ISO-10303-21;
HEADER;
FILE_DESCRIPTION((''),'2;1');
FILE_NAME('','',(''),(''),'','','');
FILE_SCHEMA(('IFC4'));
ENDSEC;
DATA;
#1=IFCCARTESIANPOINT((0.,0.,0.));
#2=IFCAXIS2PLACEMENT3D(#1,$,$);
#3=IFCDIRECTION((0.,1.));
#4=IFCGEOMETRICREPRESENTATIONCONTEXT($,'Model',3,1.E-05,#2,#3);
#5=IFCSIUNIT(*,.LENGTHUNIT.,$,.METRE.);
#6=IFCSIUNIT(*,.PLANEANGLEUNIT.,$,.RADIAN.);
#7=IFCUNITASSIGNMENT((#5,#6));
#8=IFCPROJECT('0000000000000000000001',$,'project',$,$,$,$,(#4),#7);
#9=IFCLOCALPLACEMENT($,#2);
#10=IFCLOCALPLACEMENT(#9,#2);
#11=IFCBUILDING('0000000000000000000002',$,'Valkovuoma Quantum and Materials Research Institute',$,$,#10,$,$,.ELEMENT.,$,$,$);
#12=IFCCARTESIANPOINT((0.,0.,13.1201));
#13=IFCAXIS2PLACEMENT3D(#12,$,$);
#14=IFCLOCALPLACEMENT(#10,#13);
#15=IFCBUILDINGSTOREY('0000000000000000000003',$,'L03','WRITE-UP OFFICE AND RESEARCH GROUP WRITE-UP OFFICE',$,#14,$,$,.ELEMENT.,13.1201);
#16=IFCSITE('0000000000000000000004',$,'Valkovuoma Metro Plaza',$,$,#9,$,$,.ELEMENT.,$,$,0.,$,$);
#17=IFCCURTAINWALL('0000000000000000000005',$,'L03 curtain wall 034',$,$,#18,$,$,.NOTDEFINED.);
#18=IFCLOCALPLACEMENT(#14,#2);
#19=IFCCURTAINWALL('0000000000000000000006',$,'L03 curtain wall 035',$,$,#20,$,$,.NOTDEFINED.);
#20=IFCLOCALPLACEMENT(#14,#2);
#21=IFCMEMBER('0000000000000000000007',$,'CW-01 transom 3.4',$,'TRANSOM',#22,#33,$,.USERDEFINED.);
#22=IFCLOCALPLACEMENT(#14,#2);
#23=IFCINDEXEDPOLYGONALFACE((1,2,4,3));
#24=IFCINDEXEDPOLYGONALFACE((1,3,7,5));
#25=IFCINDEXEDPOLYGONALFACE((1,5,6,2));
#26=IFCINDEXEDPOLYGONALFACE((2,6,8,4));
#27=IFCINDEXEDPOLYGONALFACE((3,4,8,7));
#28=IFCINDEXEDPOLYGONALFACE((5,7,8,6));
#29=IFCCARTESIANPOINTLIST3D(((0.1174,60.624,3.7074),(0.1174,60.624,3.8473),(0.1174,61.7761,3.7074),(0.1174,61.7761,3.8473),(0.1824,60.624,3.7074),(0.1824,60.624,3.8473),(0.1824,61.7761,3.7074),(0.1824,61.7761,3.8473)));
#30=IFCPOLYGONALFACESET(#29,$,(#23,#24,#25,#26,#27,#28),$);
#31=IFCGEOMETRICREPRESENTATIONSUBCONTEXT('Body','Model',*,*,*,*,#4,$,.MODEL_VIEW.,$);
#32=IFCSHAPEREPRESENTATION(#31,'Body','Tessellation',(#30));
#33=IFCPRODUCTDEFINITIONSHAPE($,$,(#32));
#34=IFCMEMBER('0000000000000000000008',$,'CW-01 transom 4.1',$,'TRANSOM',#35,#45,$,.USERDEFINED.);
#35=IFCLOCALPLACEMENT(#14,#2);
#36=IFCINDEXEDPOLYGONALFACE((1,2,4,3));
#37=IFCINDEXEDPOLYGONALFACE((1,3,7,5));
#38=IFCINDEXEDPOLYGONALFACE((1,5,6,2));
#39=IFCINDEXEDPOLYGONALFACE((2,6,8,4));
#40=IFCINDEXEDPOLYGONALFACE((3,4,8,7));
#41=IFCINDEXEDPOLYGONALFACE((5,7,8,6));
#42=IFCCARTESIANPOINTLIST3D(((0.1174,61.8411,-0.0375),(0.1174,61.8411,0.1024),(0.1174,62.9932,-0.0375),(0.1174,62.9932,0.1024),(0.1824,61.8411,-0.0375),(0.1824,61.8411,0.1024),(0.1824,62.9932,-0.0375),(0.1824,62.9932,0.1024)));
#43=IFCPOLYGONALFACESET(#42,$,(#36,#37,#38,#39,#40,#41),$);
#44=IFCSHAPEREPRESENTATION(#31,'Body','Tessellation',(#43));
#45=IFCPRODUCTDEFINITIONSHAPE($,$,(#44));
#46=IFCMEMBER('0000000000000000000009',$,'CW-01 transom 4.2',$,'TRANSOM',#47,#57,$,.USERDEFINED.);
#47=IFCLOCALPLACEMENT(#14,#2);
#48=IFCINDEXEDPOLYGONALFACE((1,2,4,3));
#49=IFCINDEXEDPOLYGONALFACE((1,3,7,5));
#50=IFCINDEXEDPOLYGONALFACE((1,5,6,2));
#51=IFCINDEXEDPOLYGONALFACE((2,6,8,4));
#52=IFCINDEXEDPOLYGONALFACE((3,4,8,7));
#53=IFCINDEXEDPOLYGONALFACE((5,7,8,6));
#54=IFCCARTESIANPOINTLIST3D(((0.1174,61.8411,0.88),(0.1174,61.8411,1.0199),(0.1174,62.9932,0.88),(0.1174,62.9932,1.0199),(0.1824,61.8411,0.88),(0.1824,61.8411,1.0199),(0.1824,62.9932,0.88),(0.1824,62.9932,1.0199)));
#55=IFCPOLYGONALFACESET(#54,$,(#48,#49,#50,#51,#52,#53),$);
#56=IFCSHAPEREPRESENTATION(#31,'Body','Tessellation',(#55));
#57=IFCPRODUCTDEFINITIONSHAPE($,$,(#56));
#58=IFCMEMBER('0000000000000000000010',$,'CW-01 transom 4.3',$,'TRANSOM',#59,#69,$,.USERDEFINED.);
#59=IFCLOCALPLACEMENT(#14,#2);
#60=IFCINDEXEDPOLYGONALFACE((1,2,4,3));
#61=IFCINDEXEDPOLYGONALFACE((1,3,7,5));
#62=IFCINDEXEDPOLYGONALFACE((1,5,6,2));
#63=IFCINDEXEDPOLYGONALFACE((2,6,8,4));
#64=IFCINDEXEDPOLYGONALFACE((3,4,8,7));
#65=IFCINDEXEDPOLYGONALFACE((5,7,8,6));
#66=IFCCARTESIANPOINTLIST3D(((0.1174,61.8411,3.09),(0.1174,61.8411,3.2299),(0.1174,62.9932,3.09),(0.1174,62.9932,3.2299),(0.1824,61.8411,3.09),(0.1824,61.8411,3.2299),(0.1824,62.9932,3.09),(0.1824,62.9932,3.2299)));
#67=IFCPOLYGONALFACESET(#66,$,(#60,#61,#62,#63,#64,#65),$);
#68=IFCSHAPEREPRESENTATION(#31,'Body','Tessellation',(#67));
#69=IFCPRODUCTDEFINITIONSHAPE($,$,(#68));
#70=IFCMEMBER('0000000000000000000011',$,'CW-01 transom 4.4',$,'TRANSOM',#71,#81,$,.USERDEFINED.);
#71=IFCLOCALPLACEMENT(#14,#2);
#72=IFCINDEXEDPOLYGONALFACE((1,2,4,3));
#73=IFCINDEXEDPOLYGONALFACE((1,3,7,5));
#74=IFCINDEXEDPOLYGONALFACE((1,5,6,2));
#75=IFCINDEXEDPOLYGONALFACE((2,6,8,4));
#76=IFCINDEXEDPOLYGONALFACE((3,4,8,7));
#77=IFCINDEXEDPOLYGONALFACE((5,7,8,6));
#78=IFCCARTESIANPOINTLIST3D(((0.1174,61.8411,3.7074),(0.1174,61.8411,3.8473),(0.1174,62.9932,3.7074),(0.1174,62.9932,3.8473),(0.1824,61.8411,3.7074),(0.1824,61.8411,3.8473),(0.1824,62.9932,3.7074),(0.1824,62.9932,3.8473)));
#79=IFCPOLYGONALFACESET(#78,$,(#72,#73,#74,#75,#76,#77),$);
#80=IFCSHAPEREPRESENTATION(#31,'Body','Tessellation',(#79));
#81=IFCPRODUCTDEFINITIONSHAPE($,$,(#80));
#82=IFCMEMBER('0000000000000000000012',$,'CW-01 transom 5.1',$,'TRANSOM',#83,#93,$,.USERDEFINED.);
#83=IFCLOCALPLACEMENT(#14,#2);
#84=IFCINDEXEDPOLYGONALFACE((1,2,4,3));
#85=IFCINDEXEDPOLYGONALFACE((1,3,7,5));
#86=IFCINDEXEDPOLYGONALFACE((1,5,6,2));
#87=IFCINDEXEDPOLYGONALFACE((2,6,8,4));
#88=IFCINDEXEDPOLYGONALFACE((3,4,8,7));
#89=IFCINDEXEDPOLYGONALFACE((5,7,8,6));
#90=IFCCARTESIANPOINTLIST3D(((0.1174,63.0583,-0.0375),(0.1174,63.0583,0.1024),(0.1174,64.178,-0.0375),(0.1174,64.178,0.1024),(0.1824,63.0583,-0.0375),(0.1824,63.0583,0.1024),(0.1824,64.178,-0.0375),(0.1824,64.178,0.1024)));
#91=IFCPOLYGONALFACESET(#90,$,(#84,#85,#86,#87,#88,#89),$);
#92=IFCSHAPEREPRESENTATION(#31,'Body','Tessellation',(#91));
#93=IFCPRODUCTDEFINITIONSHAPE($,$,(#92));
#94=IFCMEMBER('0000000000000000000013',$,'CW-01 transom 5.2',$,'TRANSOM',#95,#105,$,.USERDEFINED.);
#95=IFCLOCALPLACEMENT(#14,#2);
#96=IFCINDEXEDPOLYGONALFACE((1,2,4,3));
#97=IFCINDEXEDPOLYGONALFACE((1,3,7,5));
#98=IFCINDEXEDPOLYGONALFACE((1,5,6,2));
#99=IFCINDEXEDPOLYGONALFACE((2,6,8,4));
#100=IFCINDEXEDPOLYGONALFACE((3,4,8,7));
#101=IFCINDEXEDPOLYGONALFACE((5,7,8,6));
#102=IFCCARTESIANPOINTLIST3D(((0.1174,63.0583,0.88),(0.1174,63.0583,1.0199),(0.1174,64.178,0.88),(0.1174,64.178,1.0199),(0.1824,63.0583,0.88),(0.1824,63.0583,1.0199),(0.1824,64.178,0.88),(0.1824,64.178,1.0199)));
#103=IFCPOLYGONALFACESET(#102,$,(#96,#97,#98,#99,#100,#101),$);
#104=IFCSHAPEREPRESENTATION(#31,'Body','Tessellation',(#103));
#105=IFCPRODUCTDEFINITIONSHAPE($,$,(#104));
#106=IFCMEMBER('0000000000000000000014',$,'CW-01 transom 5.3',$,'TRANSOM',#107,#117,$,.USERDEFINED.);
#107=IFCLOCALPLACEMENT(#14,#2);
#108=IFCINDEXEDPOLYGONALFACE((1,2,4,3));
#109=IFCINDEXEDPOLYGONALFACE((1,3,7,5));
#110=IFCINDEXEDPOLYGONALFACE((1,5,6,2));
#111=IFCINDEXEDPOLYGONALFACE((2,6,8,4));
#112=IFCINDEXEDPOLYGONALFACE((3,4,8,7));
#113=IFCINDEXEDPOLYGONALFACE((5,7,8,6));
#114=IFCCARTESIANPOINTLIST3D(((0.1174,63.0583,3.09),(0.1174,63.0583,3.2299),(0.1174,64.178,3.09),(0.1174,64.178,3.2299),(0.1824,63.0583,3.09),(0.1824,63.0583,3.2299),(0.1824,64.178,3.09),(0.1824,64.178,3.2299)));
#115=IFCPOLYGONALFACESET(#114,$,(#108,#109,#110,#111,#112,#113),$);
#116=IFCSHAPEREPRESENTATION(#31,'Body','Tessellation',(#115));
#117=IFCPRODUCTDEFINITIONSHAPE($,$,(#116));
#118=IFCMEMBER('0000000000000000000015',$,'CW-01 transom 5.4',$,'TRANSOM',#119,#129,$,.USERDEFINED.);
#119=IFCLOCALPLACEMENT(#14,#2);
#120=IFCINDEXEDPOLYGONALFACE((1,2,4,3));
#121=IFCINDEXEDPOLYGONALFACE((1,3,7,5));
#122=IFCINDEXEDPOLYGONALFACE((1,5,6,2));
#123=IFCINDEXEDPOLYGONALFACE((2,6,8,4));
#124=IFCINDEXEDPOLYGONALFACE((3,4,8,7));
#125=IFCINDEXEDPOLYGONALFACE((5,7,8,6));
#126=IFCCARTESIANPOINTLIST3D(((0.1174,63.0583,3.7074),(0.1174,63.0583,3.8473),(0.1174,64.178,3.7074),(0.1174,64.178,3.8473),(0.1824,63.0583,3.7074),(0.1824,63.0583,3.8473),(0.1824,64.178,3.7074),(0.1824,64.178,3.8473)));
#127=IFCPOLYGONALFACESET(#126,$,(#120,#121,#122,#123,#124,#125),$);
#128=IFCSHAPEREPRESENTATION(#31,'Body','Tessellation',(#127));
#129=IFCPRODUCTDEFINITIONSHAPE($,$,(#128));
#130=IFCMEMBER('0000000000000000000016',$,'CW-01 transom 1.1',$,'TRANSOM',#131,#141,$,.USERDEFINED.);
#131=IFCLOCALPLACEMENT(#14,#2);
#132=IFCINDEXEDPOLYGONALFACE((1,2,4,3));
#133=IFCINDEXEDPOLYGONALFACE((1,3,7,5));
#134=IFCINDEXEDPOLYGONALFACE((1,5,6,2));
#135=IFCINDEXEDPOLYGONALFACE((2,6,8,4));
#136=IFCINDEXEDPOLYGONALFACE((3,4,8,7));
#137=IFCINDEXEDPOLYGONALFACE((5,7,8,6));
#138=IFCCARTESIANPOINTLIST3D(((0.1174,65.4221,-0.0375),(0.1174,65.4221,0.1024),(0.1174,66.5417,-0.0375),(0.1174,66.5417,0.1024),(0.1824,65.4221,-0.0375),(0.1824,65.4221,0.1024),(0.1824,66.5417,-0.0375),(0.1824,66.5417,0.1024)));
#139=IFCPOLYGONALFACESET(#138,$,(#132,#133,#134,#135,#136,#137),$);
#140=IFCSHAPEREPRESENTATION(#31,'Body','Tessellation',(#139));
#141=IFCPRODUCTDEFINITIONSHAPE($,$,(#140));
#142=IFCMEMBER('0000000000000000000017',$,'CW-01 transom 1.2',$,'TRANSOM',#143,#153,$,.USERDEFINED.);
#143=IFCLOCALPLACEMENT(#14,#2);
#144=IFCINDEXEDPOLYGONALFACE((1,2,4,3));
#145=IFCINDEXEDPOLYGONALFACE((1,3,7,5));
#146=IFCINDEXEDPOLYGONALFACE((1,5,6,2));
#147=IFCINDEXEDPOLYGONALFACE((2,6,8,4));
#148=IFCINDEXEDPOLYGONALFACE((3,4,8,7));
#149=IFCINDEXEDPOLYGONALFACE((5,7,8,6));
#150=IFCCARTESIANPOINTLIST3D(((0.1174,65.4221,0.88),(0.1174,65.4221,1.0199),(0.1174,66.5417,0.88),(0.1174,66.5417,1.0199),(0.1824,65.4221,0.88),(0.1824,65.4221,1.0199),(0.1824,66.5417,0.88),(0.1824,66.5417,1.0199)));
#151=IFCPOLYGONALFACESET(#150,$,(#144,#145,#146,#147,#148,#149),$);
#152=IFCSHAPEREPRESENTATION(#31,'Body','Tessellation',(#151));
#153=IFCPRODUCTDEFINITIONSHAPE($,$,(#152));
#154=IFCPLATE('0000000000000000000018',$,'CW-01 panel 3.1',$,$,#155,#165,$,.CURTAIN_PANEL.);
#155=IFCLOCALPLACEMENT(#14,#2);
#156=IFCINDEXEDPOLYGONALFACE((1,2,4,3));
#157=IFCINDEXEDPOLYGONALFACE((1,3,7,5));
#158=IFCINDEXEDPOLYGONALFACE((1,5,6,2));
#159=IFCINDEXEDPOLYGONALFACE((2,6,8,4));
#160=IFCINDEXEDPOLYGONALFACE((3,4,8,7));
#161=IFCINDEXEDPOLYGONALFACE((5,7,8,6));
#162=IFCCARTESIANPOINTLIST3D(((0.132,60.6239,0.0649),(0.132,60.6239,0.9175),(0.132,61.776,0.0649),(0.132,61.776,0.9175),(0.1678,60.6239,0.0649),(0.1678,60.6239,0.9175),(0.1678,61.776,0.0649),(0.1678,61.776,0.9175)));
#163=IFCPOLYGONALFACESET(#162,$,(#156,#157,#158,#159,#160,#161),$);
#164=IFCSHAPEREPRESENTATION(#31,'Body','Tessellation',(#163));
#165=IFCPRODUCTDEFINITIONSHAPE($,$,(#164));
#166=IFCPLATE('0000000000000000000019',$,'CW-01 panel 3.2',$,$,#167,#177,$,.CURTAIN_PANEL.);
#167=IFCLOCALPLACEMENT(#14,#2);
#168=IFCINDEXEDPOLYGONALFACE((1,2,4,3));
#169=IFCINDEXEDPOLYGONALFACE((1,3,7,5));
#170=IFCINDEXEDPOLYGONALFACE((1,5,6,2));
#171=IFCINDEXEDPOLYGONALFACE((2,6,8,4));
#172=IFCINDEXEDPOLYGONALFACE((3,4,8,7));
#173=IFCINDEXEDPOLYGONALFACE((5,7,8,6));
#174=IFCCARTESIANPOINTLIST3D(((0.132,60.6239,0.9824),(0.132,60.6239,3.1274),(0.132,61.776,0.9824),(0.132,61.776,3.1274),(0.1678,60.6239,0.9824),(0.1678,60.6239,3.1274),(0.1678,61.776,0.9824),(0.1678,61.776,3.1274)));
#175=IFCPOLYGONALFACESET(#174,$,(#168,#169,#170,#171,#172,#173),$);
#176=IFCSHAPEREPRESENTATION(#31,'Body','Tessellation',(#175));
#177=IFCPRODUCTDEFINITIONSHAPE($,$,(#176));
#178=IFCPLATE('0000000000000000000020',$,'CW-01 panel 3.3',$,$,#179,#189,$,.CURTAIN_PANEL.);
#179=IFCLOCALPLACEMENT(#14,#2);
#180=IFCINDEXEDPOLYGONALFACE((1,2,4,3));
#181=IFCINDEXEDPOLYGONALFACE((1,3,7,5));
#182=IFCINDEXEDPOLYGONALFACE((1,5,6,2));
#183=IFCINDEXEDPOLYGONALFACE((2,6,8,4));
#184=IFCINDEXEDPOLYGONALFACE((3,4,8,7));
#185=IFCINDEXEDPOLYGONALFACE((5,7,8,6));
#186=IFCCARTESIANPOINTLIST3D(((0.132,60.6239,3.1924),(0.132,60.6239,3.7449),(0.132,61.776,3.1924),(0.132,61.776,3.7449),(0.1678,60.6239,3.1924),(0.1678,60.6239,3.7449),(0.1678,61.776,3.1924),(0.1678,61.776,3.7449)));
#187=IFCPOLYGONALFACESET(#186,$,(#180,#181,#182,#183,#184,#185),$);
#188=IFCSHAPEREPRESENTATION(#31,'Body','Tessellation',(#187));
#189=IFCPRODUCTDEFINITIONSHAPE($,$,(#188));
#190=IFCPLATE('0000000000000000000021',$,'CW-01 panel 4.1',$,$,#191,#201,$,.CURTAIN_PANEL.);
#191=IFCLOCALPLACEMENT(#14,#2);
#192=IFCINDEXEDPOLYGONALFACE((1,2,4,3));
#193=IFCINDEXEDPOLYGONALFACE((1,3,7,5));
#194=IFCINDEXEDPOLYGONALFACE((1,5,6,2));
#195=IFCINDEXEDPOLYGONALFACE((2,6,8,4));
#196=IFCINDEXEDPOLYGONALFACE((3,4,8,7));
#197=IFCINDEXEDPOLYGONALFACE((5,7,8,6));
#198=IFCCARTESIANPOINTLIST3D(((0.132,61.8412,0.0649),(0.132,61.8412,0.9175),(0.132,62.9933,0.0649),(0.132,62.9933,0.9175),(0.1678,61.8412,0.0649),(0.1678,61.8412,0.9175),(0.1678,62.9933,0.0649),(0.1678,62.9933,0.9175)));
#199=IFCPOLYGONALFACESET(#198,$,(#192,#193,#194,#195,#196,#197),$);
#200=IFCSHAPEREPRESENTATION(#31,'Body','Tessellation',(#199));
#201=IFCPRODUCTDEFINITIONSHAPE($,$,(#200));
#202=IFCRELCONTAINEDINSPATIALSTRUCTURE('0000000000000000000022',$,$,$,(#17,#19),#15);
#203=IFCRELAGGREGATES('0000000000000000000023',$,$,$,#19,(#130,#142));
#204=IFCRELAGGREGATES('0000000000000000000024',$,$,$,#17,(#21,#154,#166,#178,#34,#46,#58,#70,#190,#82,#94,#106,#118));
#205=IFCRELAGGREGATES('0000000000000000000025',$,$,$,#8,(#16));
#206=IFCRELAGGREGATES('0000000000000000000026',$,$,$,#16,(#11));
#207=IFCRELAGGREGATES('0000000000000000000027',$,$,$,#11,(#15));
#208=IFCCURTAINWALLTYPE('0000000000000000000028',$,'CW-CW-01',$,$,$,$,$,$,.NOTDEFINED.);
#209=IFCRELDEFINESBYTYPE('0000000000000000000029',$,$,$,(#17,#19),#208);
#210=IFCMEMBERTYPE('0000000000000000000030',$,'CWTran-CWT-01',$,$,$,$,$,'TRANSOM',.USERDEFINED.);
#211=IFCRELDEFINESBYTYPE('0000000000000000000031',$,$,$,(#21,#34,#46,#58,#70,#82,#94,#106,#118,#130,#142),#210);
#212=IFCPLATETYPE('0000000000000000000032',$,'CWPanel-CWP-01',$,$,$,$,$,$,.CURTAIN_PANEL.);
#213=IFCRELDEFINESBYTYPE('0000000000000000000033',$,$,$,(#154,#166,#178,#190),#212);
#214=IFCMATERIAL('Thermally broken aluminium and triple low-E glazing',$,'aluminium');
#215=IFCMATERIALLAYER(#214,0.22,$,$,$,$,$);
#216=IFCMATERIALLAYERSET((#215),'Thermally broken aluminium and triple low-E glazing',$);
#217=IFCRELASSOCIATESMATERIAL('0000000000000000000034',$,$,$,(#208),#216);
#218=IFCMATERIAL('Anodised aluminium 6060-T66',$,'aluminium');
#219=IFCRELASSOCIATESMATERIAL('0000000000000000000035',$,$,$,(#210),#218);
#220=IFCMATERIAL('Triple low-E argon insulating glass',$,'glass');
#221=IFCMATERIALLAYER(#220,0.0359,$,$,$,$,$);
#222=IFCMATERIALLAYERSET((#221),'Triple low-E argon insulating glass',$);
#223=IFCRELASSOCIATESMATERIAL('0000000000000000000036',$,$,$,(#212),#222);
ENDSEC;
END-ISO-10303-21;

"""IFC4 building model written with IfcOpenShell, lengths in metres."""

from ifc_helpers import new_model, si_unit, direction, frame, origin, origin_2d, place, context, subcontext, project, spatial, rectangle, extrude, material, layer, layer_set, material_profile, profile_set, type_object, element, aggregate, save


model = new_model("IFC4")

# Units and contexts
model_context = context("Model", 3, precision=1e-05, world=origin(), true_north=direction((0.0, 1.0)))
body_context = subcontext(model_context, "Body", "Model", "MODEL_VIEW")
ifc_project = project(units=[si_unit("LENGTHUNIT", "METRE"), si_unit("PLANEANGLEUNIT", "RADIAN")], contexts=[model_context])

# Site, building, storey
site_placement = place(None, origin())
site = spatial("IfcSite", under=ifc_project, at=site_placement, Name="Valkovuoma Metro Plaza", CompositionType="ELEMENT", RefElevation=0.0)
building_placement = place(site_placement, origin())
building = spatial("IfcBuilding", under=site, at=building_placement, Name="Valkovuoma Quantum and Materials Research Institute", CompositionType="ELEMENT")
storey_placement = place(building_placement, frame((0.0, 0.0, 13.1201)))
storey = spatial("IfcBuildingStorey", under=building, at=storey_placement, Name="L03", Description="WRITE-UP OFFICE AND RESEARCH GROUP WRITE-UP OFFICE", CompositionType="ELEMENT", Elevation=13.1201)

# Curtain wall
ifc_material_1 = material(Name="Thermally broken aluminium and triple low-E glazing", Category="aluminium")
ifc_layer_1 = layer(ifc_material_1, 0.22)
ifc_layer_set_1 = layer_set([ifc_layer_1], Name="Thermally broken aluminium and triple low-E glazing")
curtain_wall_type = type_object("IfcCurtainWallType", Name="CW-CW-01", PredefinedType="NOTDEFINED", material=ifc_layer_set_1)
curtain_wall_1_placement = place(storey_placement, origin())
curtain_wall_1 = element("IfcCurtainWall", 1, at=curtain_wall_1_placement, inside=storey, type_object=curtain_wall_type, Name="L03 curtain wall 034", PredefinedType="NOTDEFINED")

# Curtain wall
curtain_wall_2_placement = place(storey_placement, origin())
curtain_wall_2 = element("IfcCurtainWall", 2, at=curtain_wall_2_placement, inside=storey, type_object=curtain_wall_type, Name="L03 curtain wall 035", PredefinedType="NOTDEFINED")

# Members
ifc_material_2 = material(Name="Anodised aluminium 6060-T66", Category="aluminium")
ifc_material_profile_1 = material_profile(ifc_material_2, rectangle(XDim=0.0649, YDim=0.1399, at=origin_2d()), Name="Anodised aluminium 6060-T66")
ifc_profile_set_1 = profile_set([ifc_material_profile_1], Name="Anodised aluminium 6060-T66")
member_type_1 = type_object("IfcMemberType", Name="CWTran-CWT-01", ElementType="TRANSOM", PredefinedType="USERDEFINED", material=ifc_profile_set_1)
member_1_placement = place(storey_placement, frame((0.1499, 60.624, 3.7773), z_axis=(0.0, 1.0, 0.0), x_axis=(-1.0, 0.0, 0.0)))
member_1 = element("IfcMember", 3, at=member_1_placement, type_object=member_type_1, Name="CW-01 transom 3.4", ObjectType="TRANSOM", PredefinedType="USERDEFINED", context=body_context, shape_type="SweptSolid", body=[
    extrude(rectangle(XDim=0.0649, YDim=0.1399, at=origin_2d()), origin(), (0.0, 0.0, 1.0), 1.1521),
])
member_2_placement = place(storey_placement, frame((0.1499, 61.8411, 0.0325), z_axis=(0.0, 1.0, 0.0), x_axis=(-1.0, 0.0, 0.0)))
member_2 = element("IfcMember", 4, at=member_2_placement, type_object=member_type_1, Name="CW-01 transom 4.1", ObjectType="TRANSOM", PredefinedType="USERDEFINED", context=body_context, shape_type="SweptSolid", body=[
    extrude(rectangle(XDim=0.0649, YDim=0.1399, at=origin_2d()), origin(), (0.0, 0.0, 1.0), 1.1521),
])
member_3_placement = place(storey_placement, frame((0.1499, 61.8411, 0.95), z_axis=(0.0, 1.0, 0.0), x_axis=(-1.0, 0.0, 0.0)))
member_3 = element("IfcMember", 5, at=member_3_placement, type_object=member_type_1, Name="CW-01 transom 4.2", ObjectType="TRANSOM", PredefinedType="USERDEFINED", context=body_context, shape_type="SweptSolid", body=[
    extrude(rectangle(XDim=0.0649, YDim=0.1399, at=origin_2d()), origin(), (0.0, 0.0, 1.0), 1.1521),
])
member_4_placement = place(storey_placement, frame((0.1499, 61.8411, 3.1599), z_axis=(0.0, 1.0, 0.0), x_axis=(-1.0, 0.0, 0.0)))
member_4 = element("IfcMember", 6, at=member_4_placement, type_object=member_type_1, Name="CW-01 transom 4.3", ObjectType="TRANSOM", PredefinedType="USERDEFINED", context=body_context, shape_type="SweptSolid", body=[
    extrude(rectangle(XDim=0.0649, YDim=0.1399, at=origin_2d()), origin(), (0.0, 0.0, 1.0), 1.1521),
])
member_5_placement = place(storey_placement, frame((0.1499, 61.8411, 3.7773), z_axis=(0.0, 1.0, 0.0), x_axis=(-1.0, 0.0, 0.0)))
member_5 = element("IfcMember", 7, at=member_5_placement, type_object=member_type_1, Name="CW-01 transom 4.4", ObjectType="TRANSOM", PredefinedType="USERDEFINED", context=body_context, shape_type="SweptSolid", body=[
    extrude(rectangle(XDim=0.0649, YDim=0.1399, at=origin_2d()), origin(), (0.0, 0.0, 1.0), 1.1521),
])
member_6_placement = place(storey_placement, frame((0.1499, 63.0583, 0.0325), z_axis=(0.0, 1.0, 0.0), x_axis=(-1.0, 0.0, 0.0)))
member_6 = element("IfcMember", 8, at=member_6_placement, type_object=member_type_1, Name="CW-01 transom 5.1", ObjectType="TRANSOM", PredefinedType="USERDEFINED", context=body_context, shape_type="SweptSolid", body=[
    extrude(rectangle(XDim=0.0649, YDim=0.1399, at=origin_2d()), origin(), (0.0, 0.0, 1.0), 1.1196),
])
member_7_placement = place(storey_placement, frame((0.1499, 63.0583, 0.95), z_axis=(0.0, 1.0, 0.0), x_axis=(-1.0, 0.0, 0.0)))
member_7 = element("IfcMember", 9, at=member_7_placement, type_object=member_type_1, Name="CW-01 transom 5.2", ObjectType="TRANSOM", PredefinedType="USERDEFINED", context=body_context, shape_type="SweptSolid", body=[
    extrude(rectangle(XDim=0.0649, YDim=0.1399, at=origin_2d()), origin(), (0.0, 0.0, 1.0), 1.1196),
])
member_8_placement = place(storey_placement, frame((0.1499, 63.0583, 3.1599), z_axis=(0.0, 1.0, 0.0), x_axis=(-1.0, 0.0, 0.0)))
member_8 = element("IfcMember", 10, at=member_8_placement, type_object=member_type_1, Name="CW-01 transom 5.3", ObjectType="TRANSOM", PredefinedType="USERDEFINED", context=body_context, shape_type="SweptSolid", body=[
    extrude(rectangle(XDim=0.0649, YDim=0.1399, at=origin_2d()), origin(), (0.0, 0.0, 1.0), 1.1196),
])
member_9_placement = place(storey_placement, frame((0.1499, 63.0583, 3.7773), z_axis=(0.0, 1.0, 0.0), x_axis=(-1.0, 0.0, 0.0)))
member_9 = element("IfcMember", 11, at=member_9_placement, type_object=member_type_1, Name="CW-01 transom 5.4", ObjectType="TRANSOM", PredefinedType="USERDEFINED", context=body_context, shape_type="SweptSolid", body=[
    extrude(rectangle(XDim=0.0649, YDim=0.1399, at=origin_2d()), origin(), (0.0, 0.0, 1.0), 1.1196),
])
member_10_placement = place(storey_placement, frame((0.1499, 65.4221, 0.0325), z_axis=(0.0, 1.0, 0.0), x_axis=(-1.0, 0.0, 0.0)))
member_10 = element("IfcMember", 12, at=member_10_placement, type_object=member_type_1, Name="CW-01 transom 1.1", ObjectType="TRANSOM", PredefinedType="USERDEFINED", context=body_context, shape_type="SweptSolid", body=[
    extrude(rectangle(XDim=0.0649, YDim=0.1399, at=origin_2d()), origin(), (0.0, 0.0, 1.0), 1.1196),
])
member_11_placement = place(storey_placement, frame((0.1499, 65.4221, 0.95), z_axis=(0.0, 1.0, 0.0), x_axis=(-1.0, 0.0, 0.0)))
member_11 = element("IfcMember", 13, at=member_11_placement, type_object=member_type_1, Name="CW-01 transom 1.2", ObjectType="TRANSOM", PredefinedType="USERDEFINED", context=body_context, shape_type="SweptSolid", body=[
    extrude(rectangle(XDim=0.0649, YDim=0.1399, at=origin_2d()), origin(), (0.0, 0.0, 1.0), 1.1196),
])
aggregate(curtain_wall_2, [member_10, member_11])

# Plates
ifc_material_3 = material(Name="Triple low-E argon insulating glass", Category="glass")
ifc_layer_2 = layer(ifc_material_3, 0.0359)
ifc_layer_set_2 = layer_set([ifc_layer_2], Name="Triple low-E argon insulating glass")
plate_type = type_object("IfcPlateType", Name="CWPanel-CWP-01", PredefinedType="CURTAIN_PANEL", material=ifc_layer_set_2)
plate_1_placement = place(storey_placement, frame((0.1499, 61.2, 0.0649), z_axis=(0.0, 0.0, 1.0), x_axis=(0.0, 1.0, 0.0)))
plate_1 = element("IfcPlate", 14, at=plate_1_placement, type_object=plate_type, Name="CW-01 panel 3.1", PredefinedType="CURTAIN_PANEL", context=body_context, shape_type="SweptSolid", body=[
    extrude(rectangle(XDim=1.1521, YDim=0.0359, at=origin_2d()), origin(), (0.0, 0.0, 1.0), 0.8525),
])
plate_2_placement = place(storey_placement, frame((0.1499, 61.2, 0.9824), z_axis=(0.0, 0.0, 1.0), x_axis=(0.0, 1.0, 0.0)))
plate_2 = element("IfcPlate", 15, at=plate_2_placement, type_object=plate_type, Name="CW-01 panel 3.2", PredefinedType="CURTAIN_PANEL", context=body_context, shape_type="SweptSolid", body=[
    extrude(rectangle(XDim=1.1521, YDim=0.0359, at=origin_2d()), origin(), (0.0, 0.0, 1.0), 2.145),
])
plate_3_placement = place(storey_placement, frame((0.1499, 61.2, 3.1924), z_axis=(0.0, 0.0, 1.0), x_axis=(0.0, 1.0, 0.0)))
plate_3 = element("IfcPlate", 16, at=plate_3_placement, type_object=plate_type, Name="CW-01 panel 3.3", PredefinedType="CURTAIN_PANEL", context=body_context, shape_type="SweptSolid", body=[
    extrude(rectangle(XDim=1.1521, YDim=0.0359, at=origin_2d()), origin(), (0.0, 0.0, 1.0), 0.5525),
])
plate_4_placement = place(storey_placement, frame((0.1499, 62.4172, 0.0649), z_axis=(0.0, 0.0, 1.0), x_axis=(0.0, 1.0, 0.0)))
plate_4 = element("IfcPlate", 17, at=plate_4_placement, type_object=plate_type, Name="CW-01 panel 4.1", PredefinedType="CURTAIN_PANEL", context=body_context, shape_type="SweptSolid", body=[
    extrude(rectangle(XDim=1.1521, YDim=0.0359, at=origin_2d()), origin(), (0.0, 0.0, 1.0), 0.8525),
])
aggregate(curtain_wall_1, [member_1, plate_1, plate_2, plate_3, member_2, member_3, member_4, member_5, plate_4, member_6, member_7, member_8, member_9])

save(model, "model.ifc")
